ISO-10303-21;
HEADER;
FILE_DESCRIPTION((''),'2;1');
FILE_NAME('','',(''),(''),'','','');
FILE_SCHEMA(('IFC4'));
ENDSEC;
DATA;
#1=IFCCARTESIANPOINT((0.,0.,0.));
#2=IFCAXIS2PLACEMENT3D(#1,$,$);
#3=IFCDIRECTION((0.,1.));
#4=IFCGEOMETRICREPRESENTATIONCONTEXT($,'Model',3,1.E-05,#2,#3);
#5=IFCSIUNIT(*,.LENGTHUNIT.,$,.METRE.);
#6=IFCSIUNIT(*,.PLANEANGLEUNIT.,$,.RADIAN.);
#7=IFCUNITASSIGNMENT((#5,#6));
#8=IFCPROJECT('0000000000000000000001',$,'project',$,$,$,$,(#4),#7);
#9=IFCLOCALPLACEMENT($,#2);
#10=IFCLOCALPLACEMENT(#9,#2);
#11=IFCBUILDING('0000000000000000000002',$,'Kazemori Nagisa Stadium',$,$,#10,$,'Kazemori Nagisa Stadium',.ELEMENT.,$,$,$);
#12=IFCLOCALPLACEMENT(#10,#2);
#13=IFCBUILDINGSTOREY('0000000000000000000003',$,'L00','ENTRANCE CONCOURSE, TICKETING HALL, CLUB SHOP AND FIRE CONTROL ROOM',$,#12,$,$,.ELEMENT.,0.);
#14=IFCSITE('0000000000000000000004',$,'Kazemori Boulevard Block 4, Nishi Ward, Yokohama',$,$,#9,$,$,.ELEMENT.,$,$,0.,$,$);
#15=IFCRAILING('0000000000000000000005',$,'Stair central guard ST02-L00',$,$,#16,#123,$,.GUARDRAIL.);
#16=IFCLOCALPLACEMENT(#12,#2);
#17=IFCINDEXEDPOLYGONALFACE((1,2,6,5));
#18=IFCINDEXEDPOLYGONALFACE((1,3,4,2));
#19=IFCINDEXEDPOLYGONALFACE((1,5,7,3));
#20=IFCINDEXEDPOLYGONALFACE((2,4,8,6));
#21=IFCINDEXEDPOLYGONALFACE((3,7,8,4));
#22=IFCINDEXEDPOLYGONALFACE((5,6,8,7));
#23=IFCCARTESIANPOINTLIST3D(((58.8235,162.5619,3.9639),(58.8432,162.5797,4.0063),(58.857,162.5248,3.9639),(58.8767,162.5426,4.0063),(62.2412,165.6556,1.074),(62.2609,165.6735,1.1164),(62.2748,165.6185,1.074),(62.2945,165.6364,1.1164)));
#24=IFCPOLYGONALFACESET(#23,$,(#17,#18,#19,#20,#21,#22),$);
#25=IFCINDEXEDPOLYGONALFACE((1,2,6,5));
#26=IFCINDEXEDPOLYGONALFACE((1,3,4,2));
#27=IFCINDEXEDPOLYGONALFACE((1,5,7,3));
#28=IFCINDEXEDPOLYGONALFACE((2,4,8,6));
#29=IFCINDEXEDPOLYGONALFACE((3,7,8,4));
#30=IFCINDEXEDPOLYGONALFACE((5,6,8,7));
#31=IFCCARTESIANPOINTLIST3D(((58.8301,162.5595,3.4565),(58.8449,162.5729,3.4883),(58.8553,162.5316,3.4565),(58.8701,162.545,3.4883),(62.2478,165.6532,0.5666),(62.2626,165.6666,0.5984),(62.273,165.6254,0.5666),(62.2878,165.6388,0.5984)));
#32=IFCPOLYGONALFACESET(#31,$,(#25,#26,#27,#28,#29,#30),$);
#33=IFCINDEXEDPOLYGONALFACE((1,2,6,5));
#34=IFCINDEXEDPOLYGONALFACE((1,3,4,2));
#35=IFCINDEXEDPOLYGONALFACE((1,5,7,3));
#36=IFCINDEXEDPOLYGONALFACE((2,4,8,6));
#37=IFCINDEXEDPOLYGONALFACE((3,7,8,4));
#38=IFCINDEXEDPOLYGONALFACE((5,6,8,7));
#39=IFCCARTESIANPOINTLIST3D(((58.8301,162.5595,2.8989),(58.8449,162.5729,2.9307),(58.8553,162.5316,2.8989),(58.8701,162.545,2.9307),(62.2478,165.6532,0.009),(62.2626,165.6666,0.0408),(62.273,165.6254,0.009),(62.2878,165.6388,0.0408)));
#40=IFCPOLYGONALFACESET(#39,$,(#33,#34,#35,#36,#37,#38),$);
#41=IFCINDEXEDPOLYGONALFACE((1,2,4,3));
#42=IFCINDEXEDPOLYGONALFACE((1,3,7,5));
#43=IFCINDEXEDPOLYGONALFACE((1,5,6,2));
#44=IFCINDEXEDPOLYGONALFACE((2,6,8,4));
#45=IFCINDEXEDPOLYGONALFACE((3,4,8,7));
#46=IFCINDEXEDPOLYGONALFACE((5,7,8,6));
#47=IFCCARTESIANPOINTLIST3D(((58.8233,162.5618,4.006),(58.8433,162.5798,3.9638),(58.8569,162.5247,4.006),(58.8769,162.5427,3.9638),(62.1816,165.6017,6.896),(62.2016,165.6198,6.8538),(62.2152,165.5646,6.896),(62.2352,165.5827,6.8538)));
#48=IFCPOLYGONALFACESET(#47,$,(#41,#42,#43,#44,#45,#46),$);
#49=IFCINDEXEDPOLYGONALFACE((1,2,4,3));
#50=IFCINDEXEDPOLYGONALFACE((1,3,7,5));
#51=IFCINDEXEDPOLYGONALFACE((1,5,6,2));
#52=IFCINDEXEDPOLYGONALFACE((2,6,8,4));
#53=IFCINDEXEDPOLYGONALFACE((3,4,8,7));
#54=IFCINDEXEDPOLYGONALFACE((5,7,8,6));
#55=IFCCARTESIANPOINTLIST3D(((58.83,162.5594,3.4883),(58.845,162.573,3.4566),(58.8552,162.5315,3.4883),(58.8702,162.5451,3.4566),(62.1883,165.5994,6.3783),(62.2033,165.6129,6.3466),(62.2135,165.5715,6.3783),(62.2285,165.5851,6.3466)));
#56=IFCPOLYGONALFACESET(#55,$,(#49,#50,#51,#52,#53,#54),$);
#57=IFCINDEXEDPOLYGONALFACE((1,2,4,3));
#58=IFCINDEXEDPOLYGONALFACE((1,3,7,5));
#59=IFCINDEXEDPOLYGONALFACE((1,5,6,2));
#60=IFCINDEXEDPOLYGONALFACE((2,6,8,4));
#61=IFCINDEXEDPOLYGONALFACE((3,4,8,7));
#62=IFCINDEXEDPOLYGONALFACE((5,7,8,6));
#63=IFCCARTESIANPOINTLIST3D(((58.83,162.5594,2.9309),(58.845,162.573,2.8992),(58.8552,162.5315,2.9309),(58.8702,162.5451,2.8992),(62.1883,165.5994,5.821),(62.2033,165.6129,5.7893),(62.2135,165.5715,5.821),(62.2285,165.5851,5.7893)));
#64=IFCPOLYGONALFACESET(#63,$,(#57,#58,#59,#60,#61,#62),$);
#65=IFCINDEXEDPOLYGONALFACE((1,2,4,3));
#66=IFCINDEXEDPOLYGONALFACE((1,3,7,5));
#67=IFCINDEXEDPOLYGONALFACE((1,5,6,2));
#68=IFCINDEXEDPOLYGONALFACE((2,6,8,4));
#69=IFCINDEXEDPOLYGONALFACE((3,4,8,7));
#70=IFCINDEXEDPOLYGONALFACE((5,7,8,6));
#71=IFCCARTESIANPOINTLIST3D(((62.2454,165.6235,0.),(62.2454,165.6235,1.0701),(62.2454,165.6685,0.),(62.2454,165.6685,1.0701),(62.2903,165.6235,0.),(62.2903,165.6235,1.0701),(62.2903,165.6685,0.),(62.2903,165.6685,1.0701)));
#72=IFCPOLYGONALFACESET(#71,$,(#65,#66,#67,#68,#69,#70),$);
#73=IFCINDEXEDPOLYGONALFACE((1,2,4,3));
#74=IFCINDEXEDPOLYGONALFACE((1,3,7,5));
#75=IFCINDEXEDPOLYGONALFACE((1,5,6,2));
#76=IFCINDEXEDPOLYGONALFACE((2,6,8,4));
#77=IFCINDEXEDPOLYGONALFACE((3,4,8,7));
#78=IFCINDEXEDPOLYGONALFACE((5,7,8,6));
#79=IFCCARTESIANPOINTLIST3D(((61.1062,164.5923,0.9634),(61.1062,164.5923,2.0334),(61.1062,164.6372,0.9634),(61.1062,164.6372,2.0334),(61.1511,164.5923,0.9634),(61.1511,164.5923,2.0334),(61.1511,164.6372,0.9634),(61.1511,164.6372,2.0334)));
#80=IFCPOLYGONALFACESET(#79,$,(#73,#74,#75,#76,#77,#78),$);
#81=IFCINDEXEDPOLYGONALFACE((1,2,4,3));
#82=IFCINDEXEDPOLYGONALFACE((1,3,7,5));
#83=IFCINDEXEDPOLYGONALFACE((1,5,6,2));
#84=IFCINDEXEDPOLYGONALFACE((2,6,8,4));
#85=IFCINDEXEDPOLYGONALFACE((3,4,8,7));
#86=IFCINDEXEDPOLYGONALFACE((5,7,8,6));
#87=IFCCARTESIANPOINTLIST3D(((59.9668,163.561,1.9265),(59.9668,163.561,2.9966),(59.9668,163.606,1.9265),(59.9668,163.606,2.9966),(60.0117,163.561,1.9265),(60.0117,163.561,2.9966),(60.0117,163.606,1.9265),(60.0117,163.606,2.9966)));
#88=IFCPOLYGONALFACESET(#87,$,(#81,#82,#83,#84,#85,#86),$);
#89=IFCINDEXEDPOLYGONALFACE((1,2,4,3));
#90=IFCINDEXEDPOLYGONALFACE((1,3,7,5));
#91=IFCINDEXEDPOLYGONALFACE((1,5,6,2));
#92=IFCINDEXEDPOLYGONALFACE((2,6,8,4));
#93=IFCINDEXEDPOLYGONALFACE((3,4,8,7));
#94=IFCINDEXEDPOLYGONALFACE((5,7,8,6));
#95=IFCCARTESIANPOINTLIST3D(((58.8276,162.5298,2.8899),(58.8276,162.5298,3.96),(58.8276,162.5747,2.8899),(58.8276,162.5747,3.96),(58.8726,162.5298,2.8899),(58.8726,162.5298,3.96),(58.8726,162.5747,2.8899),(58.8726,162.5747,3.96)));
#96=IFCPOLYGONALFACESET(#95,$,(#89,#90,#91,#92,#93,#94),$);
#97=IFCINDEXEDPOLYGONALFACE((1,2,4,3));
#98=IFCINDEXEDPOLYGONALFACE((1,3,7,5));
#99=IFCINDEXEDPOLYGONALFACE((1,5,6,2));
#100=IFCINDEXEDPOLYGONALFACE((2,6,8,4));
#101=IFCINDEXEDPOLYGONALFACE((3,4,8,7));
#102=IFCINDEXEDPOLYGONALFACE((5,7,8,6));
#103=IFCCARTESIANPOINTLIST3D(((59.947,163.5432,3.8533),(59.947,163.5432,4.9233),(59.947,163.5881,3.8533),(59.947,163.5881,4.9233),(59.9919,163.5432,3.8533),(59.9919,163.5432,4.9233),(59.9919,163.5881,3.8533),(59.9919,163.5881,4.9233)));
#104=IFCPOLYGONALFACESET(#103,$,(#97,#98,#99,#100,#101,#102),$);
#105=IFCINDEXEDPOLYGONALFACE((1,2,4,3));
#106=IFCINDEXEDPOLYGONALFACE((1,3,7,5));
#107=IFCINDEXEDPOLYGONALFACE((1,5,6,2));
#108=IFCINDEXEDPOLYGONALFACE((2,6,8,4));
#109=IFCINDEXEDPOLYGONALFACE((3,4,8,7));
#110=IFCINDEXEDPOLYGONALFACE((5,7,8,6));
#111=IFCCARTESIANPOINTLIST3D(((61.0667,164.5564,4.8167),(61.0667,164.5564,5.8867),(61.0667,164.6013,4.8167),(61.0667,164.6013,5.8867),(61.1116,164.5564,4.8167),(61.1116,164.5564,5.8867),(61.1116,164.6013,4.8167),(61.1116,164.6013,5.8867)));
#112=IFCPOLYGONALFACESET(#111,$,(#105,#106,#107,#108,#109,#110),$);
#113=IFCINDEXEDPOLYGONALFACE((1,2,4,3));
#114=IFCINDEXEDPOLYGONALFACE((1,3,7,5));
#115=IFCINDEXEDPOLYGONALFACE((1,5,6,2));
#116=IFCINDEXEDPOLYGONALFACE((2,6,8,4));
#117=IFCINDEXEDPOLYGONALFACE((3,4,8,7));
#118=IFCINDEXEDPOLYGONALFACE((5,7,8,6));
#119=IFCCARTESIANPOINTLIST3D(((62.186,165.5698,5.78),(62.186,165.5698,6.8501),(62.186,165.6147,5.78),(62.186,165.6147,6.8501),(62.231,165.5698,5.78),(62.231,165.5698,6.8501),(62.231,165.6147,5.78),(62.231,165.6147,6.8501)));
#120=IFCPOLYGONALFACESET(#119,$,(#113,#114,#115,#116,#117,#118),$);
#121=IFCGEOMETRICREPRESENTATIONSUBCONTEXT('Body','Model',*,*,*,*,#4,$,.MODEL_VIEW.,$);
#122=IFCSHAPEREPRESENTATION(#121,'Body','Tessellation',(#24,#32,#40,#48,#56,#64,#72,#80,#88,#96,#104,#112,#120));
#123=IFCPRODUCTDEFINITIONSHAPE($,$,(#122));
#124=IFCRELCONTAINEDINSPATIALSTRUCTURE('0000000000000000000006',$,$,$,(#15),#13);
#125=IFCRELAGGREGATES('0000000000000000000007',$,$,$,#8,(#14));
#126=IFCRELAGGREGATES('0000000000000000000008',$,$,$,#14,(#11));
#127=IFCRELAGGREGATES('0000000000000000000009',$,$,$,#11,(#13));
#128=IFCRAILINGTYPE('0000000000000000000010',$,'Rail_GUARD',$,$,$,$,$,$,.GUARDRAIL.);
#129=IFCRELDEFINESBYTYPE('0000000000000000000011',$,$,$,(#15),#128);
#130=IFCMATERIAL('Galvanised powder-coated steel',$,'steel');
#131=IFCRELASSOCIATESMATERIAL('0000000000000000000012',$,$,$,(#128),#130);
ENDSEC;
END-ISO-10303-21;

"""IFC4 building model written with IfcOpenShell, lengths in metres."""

from ifc_helpers import new_model, si_unit, direction, frame, origin, origin_2d, place, context, subcontext, project, spatial, rectangle, extrude, material, type_object, element, save


model = new_model("IFC4")

# Units and contexts
model_context = context("Model", 3, precision=1e-05, world=origin(), true_north=direction((0.0, 1.0)))
body_context = subcontext(model_context, "Body", "Model", "MODEL_VIEW")
ifc_project = project(units=[si_unit("LENGTHUNIT", "METRE"), si_unit("PLANEANGLEUNIT", "RADIAN")], contexts=[model_context])

# Site, building, storey
site_placement = place(None, origin())
site = spatial("IfcSite", under=ifc_project, at=site_placement, Name="Kazemori Boulevard Block 4, Nishi Ward, Yokohama", CompositionType="ELEMENT", RefElevation=0.0)
building_placement = place(site_placement, origin())
building = spatial("IfcBuilding", under=site, at=building_placement, Name="Kazemori Nagisa Stadium", LongName="Kazemori Nagisa Stadium", CompositionType="ELEMENT")
storey_placement = place(building_placement, origin())
storey = spatial("IfcBuildingStorey", under=building, at=storey_placement, Name="L00", Description="ENTRANCE CONCOURSE, TICKETING HALL, CLUB SHOP AND FIRE CONTROL ROOM", CompositionType="ELEMENT", Elevation=0.0)

# Railing
ifc_material_1 = material(Name="Galvanised powder-coated steel", Category="steel")
railing_type_1 = type_object("IfcRailingType", Name="Rail_GUARD", PredefinedType="GUARDRAIL", material=ifc_material_1)
railing_1_placement = place(storey_placement, frame((62.2678, 165.646, 0.0)))
element("IfcRailing", 1, at=railing_1_placement, inside=storey, type_object=railing_type_1, Name="Stair central guard ST02-L00", PredefinedType="GUARDRAIL", context=body_context, shape_type="SweptSolid", body=[
    extrude(rectangle(XDim=0.05, YDim=0.05, at=origin_2d()), frame((0.0, 0.0, 1.0952), z_axis=(-0.628152, -0.568608, 0.53114), x_axis=(0.671095, -0.741371, 0.0)), (0.0, 0.0, 1.0), 5.4409),
    extrude(rectangle(XDim=0.0376, YDim=0.0376, at=origin_2d()), frame((0.0, 0.0, 0.5825), z_axis=(-0.628152, -0.568608, 0.53114), x_axis=(0.671095, -0.741371, 0.0)), (0.0, 0.0, 1.0), 5.4409),
    extrude(rectangle(XDim=0.0376, YDim=0.0376, at=origin_2d()), frame((0.0, 0.0, 0.0249), z_axis=(-0.628152, -0.568608, 0.53114), x_axis=(0.671095, -0.741371, 0.0)), (0.0, 0.0, 1.0), 5.4409),
    extrude(rectangle(XDim=0.05, YDim=0.05, at=origin_2d()), frame((-3.4177, -3.0938, 3.9849), z_axis=(0.625003, 0.565756, 0.537859), x_axis=(-0.671094, 0.741372, 0.0)), (0.0, 0.0, 1.0), 5.3733),
    extrude(rectangle(XDim=0.0376, YDim=0.0376, at=origin_2d()), frame((-3.4177, -3.0938, 3.4724), z_axis=(0.625003, 0.565756, 0.537859), x_axis=(-0.671094, 0.741372, 0.0)), (0.0, 0.0, 1.0), 5.3733),
    extrude(rectangle(XDim=0.0376, YDim=0.0376, at=origin_2d()), frame((-3.4177, -3.0938, 2.915), z_axis=(0.625003, 0.565756, 0.537859), x_axis=(-0.671094, 0.741372, 0.0)), (0.0, 0.0, 1.0), 5.3733),
    extrude(rectangle(XDim=0.0449, YDim=0.0449, at=origin_2d()), origin(), (0.0, 0.0, 1.0), 1.0701),
    extrude(rectangle(XDim=0.0449, YDim=0.0449, at=origin_2d()), frame((-1.1392, -1.0312, 0.9634)), (0.0, 0.0, 1.0), 1.0701),
    extrude(rectangle(XDim=0.0449, YDim=0.0449, at=origin_2d()), frame((-2.2786, -2.0625, 1.9265)), (0.0, 0.0, 1.0), 1.0701),
    extrude(rectangle(XDim=0.0449, YDim=0.0449, at=origin_2d()), frame((-3.4177, -3.0938, 2.8899)), (0.0, 0.0, 1.0), 1.0701),
    extrude(rectangle(XDim=0.0449, YDim=0.0449, at=origin_2d()), frame((-2.2983, -2.0803, 3.8533)), (0.0, 0.0, 1.0), 1.0701),
    extrude(rectangle(XDim=0.0449, YDim=0.0449, at=origin_2d()), frame((-1.1787, -1.0671, 4.8167)), (0.0, 0.0, 1.0), 1.0701),
    extrude(rectangle(XDim=0.0449, YDim=0.0449, at=origin_2d()), frame((-0.0593, -0.0537, 5.78)), (0.0, 0.0, 1.0), 1.0701),
])

save(model, "model.ifc")
